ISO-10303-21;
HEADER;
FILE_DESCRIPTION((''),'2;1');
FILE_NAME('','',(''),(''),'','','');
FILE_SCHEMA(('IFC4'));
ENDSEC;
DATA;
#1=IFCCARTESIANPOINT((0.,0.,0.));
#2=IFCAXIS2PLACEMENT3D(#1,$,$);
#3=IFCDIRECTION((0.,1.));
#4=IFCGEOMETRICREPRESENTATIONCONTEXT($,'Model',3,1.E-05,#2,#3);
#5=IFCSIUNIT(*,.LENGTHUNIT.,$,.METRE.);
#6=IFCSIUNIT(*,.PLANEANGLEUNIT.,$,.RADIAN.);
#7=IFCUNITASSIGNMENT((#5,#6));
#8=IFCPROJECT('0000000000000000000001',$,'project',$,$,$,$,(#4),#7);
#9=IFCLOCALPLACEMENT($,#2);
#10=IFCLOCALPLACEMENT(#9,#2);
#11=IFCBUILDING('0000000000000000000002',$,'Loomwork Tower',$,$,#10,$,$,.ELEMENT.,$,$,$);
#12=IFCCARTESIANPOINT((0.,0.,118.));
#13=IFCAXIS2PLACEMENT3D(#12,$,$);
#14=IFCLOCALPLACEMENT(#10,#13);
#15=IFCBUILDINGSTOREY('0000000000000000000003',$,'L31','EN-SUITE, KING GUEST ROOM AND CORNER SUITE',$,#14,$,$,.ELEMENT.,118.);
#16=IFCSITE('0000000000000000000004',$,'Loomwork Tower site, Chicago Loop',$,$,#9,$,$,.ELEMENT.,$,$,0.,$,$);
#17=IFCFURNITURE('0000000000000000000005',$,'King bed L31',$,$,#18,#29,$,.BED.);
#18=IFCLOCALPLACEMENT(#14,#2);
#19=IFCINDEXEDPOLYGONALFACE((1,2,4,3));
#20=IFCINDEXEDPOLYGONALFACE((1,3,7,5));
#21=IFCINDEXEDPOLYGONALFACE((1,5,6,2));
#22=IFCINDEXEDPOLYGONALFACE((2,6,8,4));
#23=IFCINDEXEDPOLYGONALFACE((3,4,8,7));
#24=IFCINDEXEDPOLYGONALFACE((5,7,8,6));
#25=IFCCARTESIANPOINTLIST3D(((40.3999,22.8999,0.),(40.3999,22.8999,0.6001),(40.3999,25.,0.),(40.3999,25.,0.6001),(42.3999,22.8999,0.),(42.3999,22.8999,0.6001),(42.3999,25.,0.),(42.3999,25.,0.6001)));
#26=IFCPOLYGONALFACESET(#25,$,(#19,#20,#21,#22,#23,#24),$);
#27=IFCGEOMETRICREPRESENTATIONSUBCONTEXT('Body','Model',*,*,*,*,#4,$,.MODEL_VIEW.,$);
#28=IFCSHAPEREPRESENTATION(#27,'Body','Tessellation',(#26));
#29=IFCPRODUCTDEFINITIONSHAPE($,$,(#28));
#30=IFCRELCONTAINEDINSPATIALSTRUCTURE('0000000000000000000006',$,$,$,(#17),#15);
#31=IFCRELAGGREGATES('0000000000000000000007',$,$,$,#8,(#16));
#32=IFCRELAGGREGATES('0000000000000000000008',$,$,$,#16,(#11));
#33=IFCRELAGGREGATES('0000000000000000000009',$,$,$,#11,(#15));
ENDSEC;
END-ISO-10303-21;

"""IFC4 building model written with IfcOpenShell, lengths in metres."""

from ifc_helpers import new_model, si_unit, direction, frame, origin, origin_2d, place, context, subcontext, project, spatial, rectangle, extrude, element, save


model = new_model("IFC4")

# Units and contexts
model_context = context("Model", 3, precision=1e-05, world=origin(), true_north=direction((0.0, 1.0)))
body_context = subcontext(model_context, "Body", "Model", "MODEL_VIEW")
ifc_project = project(units=[si_unit("LENGTHUNIT", "METRE"), si_unit("PLANEANGLEUNIT", "RADIAN")], contexts=[model_context])

# Site, building, storey
site_placement = place(None, origin())
site = spatial("IfcSite", under=ifc_project, at=site_placement, Name="Loomwork Tower site, Chicago Loop", CompositionType="ELEMENT", RefElevation=0.0)
building_placement = place(site_placement, origin())
building = spatial("IfcBuilding", under=site, at=building_placement, Name="Loomwork Tower", CompositionType="ELEMENT")
storey_placement = place(building_placement, frame((0.0, 0.0, 118.0)))
storey = spatial("IfcBuildingStorey", under=building, at=storey_placement, Name="L31", Description="EN-SUITE, KING GUEST ROOM AND CORNER SUITE", CompositionType="ELEMENT", Elevation=118.0)

# Furniture
furniture_placement = place(storey_placement, frame((41.3999, 23.95, 0.0), z_axis=(0.0, 0.0, 1.0), x_axis=(1.0, 0.0, 0.0)))
element("IfcFurniture", 1, at=furniture_placement, inside=storey, Name="King bed L31", PredefinedType="BED", context=body_context, shape_type="SweptSolid", body=[
    extrude(rectangle(XDim=2.0, YDim=2.1001, at=origin_2d()), origin(), (0.0, 0.0, 1.0), 0.6001),
])

save(model, "model.ifc")
